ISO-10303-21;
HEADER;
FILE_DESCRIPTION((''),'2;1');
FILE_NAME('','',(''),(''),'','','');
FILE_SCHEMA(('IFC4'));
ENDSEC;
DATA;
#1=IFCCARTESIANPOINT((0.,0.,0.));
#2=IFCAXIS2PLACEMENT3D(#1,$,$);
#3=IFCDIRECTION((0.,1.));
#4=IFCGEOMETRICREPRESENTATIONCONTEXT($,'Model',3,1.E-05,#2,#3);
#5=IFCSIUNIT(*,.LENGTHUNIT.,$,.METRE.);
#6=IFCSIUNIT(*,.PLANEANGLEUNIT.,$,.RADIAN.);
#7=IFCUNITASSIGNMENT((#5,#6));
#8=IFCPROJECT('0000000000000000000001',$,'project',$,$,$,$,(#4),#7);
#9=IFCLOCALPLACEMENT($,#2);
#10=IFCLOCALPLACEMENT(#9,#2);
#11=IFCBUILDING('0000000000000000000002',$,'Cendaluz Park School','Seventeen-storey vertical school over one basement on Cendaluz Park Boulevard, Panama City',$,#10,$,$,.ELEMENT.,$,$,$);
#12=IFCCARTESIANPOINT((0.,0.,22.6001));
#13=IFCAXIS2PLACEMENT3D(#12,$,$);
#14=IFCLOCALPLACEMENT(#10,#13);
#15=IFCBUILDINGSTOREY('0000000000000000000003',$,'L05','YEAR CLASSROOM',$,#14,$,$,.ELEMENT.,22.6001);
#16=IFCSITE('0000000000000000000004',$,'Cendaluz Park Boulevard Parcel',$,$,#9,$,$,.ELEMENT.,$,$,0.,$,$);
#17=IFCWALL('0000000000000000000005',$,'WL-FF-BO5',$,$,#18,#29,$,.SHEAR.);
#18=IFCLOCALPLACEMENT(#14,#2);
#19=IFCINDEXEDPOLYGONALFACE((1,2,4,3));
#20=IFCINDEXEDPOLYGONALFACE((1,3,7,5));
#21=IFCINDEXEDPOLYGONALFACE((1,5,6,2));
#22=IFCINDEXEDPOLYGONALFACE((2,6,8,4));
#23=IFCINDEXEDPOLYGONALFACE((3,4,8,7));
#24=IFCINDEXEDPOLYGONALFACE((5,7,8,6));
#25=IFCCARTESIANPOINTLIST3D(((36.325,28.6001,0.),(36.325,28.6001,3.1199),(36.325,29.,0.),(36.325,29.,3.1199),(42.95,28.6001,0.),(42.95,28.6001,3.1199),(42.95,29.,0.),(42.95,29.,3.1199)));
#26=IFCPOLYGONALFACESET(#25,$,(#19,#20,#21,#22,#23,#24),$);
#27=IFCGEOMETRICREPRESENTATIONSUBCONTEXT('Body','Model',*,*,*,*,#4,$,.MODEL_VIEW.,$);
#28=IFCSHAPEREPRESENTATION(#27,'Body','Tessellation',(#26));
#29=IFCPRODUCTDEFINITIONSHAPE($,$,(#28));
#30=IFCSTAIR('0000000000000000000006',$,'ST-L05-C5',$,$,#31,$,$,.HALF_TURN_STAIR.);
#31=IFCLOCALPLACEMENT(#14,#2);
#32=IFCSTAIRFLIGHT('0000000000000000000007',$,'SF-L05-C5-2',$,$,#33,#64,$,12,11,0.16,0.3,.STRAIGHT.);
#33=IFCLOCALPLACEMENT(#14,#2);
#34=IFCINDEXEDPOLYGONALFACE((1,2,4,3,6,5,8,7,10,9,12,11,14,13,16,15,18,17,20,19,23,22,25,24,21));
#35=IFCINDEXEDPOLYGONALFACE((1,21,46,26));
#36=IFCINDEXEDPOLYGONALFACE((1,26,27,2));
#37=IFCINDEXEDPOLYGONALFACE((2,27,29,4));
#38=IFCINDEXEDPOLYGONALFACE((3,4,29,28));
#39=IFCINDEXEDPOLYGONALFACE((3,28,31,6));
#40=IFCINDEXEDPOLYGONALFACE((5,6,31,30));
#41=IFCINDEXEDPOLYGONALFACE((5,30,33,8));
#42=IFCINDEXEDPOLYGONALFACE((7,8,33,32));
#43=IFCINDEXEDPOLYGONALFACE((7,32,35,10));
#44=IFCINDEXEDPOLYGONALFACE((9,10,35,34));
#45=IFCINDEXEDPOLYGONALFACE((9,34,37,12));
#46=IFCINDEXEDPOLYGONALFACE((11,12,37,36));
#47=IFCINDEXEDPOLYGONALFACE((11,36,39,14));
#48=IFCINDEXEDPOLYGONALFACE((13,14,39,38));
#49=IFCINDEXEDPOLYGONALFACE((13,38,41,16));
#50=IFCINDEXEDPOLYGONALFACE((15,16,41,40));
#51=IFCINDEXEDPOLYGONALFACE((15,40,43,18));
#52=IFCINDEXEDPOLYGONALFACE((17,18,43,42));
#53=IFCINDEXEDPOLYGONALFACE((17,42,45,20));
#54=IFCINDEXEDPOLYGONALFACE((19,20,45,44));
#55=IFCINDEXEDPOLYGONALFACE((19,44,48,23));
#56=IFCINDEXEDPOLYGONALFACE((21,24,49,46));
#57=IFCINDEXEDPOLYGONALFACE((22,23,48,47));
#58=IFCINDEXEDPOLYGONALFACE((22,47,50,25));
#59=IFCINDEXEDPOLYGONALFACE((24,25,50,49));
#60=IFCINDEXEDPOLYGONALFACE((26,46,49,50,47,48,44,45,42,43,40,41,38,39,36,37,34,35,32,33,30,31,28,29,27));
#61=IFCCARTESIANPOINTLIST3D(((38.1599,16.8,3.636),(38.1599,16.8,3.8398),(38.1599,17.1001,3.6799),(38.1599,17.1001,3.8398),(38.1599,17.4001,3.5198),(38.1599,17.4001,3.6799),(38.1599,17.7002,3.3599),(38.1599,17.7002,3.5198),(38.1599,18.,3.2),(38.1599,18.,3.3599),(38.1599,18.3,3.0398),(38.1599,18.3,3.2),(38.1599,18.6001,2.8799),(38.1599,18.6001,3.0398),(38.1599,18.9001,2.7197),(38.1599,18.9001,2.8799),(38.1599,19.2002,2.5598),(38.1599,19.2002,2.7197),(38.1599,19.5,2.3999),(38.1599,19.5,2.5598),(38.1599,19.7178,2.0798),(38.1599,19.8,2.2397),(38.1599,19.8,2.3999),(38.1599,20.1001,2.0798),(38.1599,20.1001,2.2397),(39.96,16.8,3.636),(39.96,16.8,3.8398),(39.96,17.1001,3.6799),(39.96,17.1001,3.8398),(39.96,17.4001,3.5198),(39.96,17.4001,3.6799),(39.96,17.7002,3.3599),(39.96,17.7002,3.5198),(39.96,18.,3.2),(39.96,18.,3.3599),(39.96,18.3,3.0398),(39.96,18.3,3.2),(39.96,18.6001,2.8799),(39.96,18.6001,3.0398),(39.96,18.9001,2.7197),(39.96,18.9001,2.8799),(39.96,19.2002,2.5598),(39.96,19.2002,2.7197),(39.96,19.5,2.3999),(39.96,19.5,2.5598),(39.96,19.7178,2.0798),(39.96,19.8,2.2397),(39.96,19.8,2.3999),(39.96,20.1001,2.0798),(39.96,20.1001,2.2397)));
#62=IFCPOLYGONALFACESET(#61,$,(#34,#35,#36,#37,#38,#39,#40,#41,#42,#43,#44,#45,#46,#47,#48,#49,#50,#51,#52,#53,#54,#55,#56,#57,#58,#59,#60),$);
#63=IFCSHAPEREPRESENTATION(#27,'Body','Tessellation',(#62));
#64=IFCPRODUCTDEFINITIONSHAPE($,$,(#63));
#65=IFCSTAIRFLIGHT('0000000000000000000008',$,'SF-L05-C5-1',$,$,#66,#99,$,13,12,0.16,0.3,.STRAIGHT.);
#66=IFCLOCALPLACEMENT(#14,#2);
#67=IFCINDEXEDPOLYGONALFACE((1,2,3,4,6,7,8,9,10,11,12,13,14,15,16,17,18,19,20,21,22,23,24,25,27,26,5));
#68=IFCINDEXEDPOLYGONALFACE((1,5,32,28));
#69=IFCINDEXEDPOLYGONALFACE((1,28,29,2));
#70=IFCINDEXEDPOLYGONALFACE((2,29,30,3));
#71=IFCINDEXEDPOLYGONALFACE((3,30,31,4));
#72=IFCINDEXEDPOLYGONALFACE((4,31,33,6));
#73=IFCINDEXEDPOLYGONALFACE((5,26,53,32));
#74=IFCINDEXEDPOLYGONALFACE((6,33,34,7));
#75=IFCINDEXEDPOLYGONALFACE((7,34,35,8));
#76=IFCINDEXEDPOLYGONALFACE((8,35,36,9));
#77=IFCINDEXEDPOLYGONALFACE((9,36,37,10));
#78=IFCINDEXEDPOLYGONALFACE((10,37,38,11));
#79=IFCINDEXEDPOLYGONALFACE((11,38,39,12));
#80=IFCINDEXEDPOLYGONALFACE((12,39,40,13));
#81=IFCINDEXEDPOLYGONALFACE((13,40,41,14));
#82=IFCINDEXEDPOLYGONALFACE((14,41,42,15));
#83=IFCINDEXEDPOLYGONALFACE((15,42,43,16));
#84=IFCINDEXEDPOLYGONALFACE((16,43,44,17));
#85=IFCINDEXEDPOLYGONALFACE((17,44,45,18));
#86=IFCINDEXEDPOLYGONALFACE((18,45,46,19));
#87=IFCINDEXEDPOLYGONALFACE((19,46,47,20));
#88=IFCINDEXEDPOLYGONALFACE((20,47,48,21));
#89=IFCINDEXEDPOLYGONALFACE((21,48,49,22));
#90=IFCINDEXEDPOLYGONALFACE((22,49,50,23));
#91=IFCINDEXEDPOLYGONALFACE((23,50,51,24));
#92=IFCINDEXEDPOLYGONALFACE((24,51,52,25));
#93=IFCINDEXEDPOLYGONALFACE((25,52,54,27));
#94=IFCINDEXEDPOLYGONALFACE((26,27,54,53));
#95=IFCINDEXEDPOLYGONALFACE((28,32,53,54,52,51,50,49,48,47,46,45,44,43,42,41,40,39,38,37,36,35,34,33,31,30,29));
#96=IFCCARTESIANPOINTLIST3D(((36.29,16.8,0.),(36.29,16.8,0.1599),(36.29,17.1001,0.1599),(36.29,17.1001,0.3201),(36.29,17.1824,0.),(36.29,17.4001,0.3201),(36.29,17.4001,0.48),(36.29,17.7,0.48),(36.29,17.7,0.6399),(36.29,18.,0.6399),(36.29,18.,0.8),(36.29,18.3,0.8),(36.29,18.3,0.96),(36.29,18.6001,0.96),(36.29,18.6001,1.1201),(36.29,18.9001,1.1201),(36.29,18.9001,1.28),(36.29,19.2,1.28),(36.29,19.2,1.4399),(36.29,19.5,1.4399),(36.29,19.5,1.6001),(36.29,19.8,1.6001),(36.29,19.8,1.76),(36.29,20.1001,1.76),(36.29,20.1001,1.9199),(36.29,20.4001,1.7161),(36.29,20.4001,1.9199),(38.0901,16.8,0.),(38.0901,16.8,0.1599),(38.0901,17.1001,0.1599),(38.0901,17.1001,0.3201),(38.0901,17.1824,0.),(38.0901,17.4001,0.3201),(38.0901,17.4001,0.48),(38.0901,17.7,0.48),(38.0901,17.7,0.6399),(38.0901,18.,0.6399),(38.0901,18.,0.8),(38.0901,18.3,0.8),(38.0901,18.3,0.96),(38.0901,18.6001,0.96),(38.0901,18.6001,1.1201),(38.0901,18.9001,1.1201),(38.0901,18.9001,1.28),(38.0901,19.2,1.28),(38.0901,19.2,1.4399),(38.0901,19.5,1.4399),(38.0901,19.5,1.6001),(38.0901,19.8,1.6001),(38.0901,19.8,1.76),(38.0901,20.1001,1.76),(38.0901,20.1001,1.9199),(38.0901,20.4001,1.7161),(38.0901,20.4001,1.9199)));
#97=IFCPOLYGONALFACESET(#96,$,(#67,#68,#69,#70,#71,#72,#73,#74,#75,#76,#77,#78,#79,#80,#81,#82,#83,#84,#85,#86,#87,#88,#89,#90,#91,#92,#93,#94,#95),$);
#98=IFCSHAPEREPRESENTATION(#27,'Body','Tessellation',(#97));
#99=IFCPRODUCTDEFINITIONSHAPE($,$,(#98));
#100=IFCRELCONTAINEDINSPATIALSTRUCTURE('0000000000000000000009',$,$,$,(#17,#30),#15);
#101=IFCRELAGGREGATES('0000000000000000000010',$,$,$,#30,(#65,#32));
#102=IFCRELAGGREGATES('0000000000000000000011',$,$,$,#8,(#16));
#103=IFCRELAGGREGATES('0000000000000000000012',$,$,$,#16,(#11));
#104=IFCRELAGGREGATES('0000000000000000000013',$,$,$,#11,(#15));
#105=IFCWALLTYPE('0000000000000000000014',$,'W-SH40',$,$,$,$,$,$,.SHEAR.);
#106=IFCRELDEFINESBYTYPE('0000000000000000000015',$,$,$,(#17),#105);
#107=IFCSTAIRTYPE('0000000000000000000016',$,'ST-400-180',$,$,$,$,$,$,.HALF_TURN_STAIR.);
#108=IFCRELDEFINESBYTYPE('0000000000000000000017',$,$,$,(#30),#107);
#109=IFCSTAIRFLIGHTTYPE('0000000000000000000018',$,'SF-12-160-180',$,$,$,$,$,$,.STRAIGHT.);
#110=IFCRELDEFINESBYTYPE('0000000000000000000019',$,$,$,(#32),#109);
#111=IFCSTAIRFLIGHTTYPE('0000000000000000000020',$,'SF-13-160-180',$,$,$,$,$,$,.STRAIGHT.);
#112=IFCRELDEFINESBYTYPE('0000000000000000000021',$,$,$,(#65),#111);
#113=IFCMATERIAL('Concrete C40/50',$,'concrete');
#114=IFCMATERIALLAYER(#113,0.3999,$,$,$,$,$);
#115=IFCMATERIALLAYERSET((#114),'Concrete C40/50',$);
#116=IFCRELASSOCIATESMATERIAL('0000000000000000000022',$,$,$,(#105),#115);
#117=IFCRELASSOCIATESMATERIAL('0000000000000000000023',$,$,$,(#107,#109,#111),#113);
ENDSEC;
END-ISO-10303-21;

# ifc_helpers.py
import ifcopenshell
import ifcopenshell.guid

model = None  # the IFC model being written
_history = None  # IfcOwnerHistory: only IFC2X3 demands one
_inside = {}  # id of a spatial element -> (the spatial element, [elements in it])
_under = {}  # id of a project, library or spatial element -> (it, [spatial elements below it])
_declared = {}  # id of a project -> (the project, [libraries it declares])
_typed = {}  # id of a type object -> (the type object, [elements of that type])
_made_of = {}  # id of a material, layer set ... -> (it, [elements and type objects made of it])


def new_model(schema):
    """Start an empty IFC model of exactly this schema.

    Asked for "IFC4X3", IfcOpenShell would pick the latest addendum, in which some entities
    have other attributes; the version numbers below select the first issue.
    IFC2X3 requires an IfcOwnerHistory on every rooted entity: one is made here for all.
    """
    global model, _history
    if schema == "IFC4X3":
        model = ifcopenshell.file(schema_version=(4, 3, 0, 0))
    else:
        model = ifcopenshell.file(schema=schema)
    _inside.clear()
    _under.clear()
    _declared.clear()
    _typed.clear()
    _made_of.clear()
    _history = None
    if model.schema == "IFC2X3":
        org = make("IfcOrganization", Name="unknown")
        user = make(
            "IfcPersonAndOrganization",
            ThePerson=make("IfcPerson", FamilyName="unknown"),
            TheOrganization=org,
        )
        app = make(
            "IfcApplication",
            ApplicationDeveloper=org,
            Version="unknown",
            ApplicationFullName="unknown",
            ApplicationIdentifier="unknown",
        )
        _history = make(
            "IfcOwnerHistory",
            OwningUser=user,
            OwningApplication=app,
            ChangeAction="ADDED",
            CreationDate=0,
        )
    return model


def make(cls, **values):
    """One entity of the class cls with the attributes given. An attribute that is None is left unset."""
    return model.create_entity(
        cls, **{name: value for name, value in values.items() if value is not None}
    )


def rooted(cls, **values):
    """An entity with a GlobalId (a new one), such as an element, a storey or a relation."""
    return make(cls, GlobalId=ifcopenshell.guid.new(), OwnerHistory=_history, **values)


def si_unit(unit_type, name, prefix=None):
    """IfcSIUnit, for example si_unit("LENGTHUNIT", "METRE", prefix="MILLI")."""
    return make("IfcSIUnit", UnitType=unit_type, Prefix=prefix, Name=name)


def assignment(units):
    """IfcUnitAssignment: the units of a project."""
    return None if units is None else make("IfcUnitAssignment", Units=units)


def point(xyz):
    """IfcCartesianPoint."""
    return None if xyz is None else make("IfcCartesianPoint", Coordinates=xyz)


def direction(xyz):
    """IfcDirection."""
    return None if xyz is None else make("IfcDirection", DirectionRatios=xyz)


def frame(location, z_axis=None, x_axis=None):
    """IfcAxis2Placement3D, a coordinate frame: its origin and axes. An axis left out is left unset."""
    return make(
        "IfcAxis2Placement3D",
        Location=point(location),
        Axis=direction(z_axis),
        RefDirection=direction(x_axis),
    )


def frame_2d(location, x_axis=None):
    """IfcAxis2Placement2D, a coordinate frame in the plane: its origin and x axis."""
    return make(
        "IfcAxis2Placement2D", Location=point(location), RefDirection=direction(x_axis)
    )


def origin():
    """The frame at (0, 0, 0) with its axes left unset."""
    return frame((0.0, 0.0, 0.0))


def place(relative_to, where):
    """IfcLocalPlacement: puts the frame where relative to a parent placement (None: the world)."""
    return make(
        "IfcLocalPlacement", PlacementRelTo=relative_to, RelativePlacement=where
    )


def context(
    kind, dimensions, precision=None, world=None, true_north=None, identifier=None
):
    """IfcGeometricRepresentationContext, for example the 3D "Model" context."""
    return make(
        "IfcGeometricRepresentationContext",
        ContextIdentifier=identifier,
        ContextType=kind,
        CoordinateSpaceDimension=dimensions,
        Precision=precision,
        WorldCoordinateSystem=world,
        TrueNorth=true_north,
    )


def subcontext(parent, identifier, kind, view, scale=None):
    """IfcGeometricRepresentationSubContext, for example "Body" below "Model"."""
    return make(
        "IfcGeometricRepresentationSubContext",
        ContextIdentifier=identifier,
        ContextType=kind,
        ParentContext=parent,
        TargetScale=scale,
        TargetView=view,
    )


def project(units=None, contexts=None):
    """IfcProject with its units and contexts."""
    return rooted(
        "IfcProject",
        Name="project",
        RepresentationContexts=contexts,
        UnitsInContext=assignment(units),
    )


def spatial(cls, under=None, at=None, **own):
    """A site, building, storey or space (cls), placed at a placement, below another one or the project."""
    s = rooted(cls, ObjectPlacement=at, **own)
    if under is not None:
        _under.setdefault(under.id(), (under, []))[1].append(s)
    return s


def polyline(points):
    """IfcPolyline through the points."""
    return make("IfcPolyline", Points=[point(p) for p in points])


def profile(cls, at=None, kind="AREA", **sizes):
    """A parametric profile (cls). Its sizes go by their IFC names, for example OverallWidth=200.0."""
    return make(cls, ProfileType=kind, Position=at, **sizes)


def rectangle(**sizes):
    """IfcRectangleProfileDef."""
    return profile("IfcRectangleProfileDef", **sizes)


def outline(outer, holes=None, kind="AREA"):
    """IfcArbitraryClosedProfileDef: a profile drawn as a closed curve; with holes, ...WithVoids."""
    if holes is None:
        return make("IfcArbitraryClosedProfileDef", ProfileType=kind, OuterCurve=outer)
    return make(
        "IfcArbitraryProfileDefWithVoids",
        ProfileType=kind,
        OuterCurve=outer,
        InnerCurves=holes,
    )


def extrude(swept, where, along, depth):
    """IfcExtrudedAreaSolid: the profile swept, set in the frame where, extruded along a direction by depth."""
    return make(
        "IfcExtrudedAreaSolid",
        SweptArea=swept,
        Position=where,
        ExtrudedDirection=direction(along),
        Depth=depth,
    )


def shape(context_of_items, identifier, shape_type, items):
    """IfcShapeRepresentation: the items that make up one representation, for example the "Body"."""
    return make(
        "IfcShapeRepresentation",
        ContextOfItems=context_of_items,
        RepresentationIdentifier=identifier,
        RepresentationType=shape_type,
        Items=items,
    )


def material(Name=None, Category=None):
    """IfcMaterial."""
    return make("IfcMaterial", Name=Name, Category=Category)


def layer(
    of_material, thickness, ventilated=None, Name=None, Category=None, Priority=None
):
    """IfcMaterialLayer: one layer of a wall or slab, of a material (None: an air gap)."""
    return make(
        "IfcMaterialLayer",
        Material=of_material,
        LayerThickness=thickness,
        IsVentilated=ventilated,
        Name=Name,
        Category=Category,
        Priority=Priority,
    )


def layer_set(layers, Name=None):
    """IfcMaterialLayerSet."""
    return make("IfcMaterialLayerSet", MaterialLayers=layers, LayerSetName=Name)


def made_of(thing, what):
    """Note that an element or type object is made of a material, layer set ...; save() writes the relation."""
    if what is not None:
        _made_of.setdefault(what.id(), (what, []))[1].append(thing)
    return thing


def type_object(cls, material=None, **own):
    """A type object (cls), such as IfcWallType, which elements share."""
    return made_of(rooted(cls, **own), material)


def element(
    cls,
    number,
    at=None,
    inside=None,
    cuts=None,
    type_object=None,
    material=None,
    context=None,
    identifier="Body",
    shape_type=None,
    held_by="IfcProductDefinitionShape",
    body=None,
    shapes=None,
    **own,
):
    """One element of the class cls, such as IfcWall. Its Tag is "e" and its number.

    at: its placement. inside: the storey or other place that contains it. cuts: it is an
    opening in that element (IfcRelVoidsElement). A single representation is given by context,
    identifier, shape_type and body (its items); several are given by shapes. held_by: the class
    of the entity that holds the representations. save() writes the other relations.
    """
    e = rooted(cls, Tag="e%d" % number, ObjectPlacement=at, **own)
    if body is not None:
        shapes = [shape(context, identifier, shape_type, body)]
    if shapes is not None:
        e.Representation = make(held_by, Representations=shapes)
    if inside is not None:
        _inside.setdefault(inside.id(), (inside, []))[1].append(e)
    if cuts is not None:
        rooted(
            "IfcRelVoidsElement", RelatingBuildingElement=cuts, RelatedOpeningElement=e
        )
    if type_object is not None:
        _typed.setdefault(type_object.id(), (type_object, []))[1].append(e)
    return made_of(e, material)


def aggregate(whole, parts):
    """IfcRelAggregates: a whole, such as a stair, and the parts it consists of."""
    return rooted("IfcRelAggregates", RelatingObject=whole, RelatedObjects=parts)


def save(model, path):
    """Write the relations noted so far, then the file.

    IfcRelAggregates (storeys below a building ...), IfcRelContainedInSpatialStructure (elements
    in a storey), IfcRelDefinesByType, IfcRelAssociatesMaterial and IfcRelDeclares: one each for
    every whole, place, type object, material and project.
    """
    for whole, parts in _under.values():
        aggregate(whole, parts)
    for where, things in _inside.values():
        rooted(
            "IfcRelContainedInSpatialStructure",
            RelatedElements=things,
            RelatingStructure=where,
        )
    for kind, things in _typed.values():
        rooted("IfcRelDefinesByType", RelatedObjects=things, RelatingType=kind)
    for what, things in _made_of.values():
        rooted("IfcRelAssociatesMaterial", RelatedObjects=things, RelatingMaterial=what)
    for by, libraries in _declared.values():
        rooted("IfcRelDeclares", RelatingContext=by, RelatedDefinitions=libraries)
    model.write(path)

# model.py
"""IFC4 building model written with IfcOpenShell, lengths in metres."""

from ifc_helpers import new_model, si_unit, direction, frame, frame_2d, origin, place, context, subcontext, project, spatial, polyline, rectangle, outline, extrude, material, layer, layer_set, type_object, element, aggregate, save


model = new_model("IFC4")

# Units and contexts
model_context = context("Model", 3, precision=1e-05, world=origin(), true_north=direction((0.0, 1.0)))
body_context = subcontext(model_context, "Body", "Model", "MODEL_VIEW")
ifc_project = project(units=[si_unit("LENGTHUNIT", "METRE"), si_unit("PLANEANGLEUNIT", "RADIAN")], contexts=[model_context])

# Site, building, storey
site_placement = place(None, origin())
site = spatial("IfcSite", under=ifc_project, at=site_placement, Name="Cendaluz Park Boulevard Parcel", CompositionType="ELEMENT", RefElevation=0.0)
building_placement = place(site_placement, origin())
building = spatial("IfcBuilding", under=site, at=building_placement, Name="Cendaluz Park School", Description="Seventeen-storey vertical school over one basement on Cendaluz Park Boulevard, Panama City", CompositionType="ELEMENT")
storey_placement = place(building_placement, frame((0.0, 0.0, 22.6001)))
storey = spatial("IfcBuildingStorey", under=building, at=storey_placement, Name="L05", Description="YEAR CLASSROOM", CompositionType="ELEMENT", Elevation=22.6001)

# Shared definitions
ifc_material_1 = material(Name="Concrete C40/50", Category="concrete")

# Wall
ifc_layer_1 = layer(ifc_material_1, 0.3999)
ifc_layer_set_1 = layer_set([ifc_layer_1], Name="Concrete C40/50")
wall_type_1 = type_object("IfcWallType", Name="W-SH40", PredefinedType="SHEAR", material=ifc_layer_set_1)
wall_1_placement = place(storey_placement, frame((36.325, 28.8, 0.0), z_axis=(0.0, 0.0, 1.0), x_axis=(1.0, 0.0, 0.0)))
element("IfcWall", 1, at=wall_1_placement, inside=storey, type_object=wall_type_1, Name="WL-FF-BO5", PredefinedType="SHEAR", context=body_context, shape_type="SweptSolid", body=[
    extrude(rectangle(XDim=6.625, YDim=0.3999, at=frame_2d((3.3125, 0.0))), origin(), (0.0, 0.0, 1.0), 3.1199),
])

# Stair, stair flights
stair_type = type_object("IfcStairType", Name="ST-400-180", PredefinedType="HALF_TURN_STAIR", material=ifc_material_1)
stair_placement = place(storey_placement, origin())
stair = element("IfcStair", 2, at=stair_placement, inside=storey, type_object=stair_type, Name="ST-L05-C5", PredefinedType="HALF_TURN_STAIR")
stair_flight_type_1 = type_object("IfcStairFlightType", Name="SF-12-160-180", PredefinedType="STRAIGHT", material=ifc_material_1)
stair_flight_1_placement = place(storey_placement, frame((39.0601, 20.1001, 2.0798), z_axis=(0.0, 0.0, 1.0), x_axis=(0.0, -1.0, 0.0)))
stair_flight_1 = element("IfcStairFlight", 3, at=stair_flight_1_placement, type_object=stair_flight_type_1, Name="SF-L05-C5-2", NumberOfRisers=12, NumberOfTreads=11, PredefinedType="STRAIGHT", RiserHeight=0.16, TreadLength=0.3, context=body_context, shape_type="SweptSolid", body=[
    extrude(outline(polyline([(0.0, 0.0), (0.0, 0.1599), (0.3, 0.1599), (0.3, 0.3201), (0.6001, 0.3201), (0.6001, 0.48), (0.8999, 0.48), (0.8999, 0.6399), (1.2, 0.6399), (1.2, 0.8), (1.5, 0.8), (1.5, 0.96), (1.8, 0.96), (1.8, 1.1201), (2.1001, 1.1201), (2.1001, 1.28), (2.3999, 1.28), (2.3999, 1.4399), (2.7, 1.4399), (2.7, 1.6001), (3.0, 1.6001), (3.0, 1.76), (3.3, 1.76), (3.3, 1.9199), (3.3, 1.5562), (0.3823, 0.0), (0.0, 0.0)])), frame((0.0, 0.8999, 0.0), z_axis=(0.0, -1.0, 0.0), x_axis=(1.0, 0.0, 0.0)), (0.0, 0.0, 1.0), 1.8),
])
stair_flight_type_2 = type_object("IfcStairFlightType", Name="SF-13-160-180", PredefinedType="STRAIGHT", material=ifc_material_1)
stair_flight_2_placement = place(storey_placement, frame((37.1899, 16.8, 0.0), z_axis=(0.0, 0.0, 1.0), x_axis=(0.0, 1.0, 0.0)))
stair_flight_2 = element("IfcStairFlight", 4, at=stair_flight_2_placement, type_object=stair_flight_type_2, Name="SF-L05-C5-1", NumberOfRisers=13, NumberOfTreads=12, PredefinedType="STRAIGHT", RiserHeight=0.16, TreadLength=0.3, context=body_context, shape_type="SweptSolid", body=[
    extrude(outline(polyline([(0.0, 0.0), (0.0, 0.1599), (0.3, 0.1599), (0.3, 0.3201), (0.6001, 0.3201), (0.6001, 0.48), (0.8999, 0.48), (0.8999, 0.6399), (1.2, 0.6399), (1.2, 0.8), (1.5, 0.8), (1.5, 0.96), (1.8, 0.96), (1.8, 1.1201), (2.1001, 1.1201), (2.1001, 1.28), (2.3999, 1.28), (2.3999, 1.4399), (2.7, 1.4399), (2.7, 1.6001), (3.0, 1.6001), (3.0, 1.76), (3.3, 1.76), (3.3, 1.9199), (3.6001, 1.9199), (3.6001, 2.0801), (3.6001, 1.7161), (0.3823, 0.0), (0.0, 0.0)])), frame((0.0, 0.8999, 0.0), z_axis=(0.0, -1.0, 0.0), x_axis=(1.0, 0.0, 0.0)), (0.0, 0.0, 1.0), 1.8),
])
aggregate(stair, [stair_flight_2, stair_flight_1])

save(model, "model.ifc")
